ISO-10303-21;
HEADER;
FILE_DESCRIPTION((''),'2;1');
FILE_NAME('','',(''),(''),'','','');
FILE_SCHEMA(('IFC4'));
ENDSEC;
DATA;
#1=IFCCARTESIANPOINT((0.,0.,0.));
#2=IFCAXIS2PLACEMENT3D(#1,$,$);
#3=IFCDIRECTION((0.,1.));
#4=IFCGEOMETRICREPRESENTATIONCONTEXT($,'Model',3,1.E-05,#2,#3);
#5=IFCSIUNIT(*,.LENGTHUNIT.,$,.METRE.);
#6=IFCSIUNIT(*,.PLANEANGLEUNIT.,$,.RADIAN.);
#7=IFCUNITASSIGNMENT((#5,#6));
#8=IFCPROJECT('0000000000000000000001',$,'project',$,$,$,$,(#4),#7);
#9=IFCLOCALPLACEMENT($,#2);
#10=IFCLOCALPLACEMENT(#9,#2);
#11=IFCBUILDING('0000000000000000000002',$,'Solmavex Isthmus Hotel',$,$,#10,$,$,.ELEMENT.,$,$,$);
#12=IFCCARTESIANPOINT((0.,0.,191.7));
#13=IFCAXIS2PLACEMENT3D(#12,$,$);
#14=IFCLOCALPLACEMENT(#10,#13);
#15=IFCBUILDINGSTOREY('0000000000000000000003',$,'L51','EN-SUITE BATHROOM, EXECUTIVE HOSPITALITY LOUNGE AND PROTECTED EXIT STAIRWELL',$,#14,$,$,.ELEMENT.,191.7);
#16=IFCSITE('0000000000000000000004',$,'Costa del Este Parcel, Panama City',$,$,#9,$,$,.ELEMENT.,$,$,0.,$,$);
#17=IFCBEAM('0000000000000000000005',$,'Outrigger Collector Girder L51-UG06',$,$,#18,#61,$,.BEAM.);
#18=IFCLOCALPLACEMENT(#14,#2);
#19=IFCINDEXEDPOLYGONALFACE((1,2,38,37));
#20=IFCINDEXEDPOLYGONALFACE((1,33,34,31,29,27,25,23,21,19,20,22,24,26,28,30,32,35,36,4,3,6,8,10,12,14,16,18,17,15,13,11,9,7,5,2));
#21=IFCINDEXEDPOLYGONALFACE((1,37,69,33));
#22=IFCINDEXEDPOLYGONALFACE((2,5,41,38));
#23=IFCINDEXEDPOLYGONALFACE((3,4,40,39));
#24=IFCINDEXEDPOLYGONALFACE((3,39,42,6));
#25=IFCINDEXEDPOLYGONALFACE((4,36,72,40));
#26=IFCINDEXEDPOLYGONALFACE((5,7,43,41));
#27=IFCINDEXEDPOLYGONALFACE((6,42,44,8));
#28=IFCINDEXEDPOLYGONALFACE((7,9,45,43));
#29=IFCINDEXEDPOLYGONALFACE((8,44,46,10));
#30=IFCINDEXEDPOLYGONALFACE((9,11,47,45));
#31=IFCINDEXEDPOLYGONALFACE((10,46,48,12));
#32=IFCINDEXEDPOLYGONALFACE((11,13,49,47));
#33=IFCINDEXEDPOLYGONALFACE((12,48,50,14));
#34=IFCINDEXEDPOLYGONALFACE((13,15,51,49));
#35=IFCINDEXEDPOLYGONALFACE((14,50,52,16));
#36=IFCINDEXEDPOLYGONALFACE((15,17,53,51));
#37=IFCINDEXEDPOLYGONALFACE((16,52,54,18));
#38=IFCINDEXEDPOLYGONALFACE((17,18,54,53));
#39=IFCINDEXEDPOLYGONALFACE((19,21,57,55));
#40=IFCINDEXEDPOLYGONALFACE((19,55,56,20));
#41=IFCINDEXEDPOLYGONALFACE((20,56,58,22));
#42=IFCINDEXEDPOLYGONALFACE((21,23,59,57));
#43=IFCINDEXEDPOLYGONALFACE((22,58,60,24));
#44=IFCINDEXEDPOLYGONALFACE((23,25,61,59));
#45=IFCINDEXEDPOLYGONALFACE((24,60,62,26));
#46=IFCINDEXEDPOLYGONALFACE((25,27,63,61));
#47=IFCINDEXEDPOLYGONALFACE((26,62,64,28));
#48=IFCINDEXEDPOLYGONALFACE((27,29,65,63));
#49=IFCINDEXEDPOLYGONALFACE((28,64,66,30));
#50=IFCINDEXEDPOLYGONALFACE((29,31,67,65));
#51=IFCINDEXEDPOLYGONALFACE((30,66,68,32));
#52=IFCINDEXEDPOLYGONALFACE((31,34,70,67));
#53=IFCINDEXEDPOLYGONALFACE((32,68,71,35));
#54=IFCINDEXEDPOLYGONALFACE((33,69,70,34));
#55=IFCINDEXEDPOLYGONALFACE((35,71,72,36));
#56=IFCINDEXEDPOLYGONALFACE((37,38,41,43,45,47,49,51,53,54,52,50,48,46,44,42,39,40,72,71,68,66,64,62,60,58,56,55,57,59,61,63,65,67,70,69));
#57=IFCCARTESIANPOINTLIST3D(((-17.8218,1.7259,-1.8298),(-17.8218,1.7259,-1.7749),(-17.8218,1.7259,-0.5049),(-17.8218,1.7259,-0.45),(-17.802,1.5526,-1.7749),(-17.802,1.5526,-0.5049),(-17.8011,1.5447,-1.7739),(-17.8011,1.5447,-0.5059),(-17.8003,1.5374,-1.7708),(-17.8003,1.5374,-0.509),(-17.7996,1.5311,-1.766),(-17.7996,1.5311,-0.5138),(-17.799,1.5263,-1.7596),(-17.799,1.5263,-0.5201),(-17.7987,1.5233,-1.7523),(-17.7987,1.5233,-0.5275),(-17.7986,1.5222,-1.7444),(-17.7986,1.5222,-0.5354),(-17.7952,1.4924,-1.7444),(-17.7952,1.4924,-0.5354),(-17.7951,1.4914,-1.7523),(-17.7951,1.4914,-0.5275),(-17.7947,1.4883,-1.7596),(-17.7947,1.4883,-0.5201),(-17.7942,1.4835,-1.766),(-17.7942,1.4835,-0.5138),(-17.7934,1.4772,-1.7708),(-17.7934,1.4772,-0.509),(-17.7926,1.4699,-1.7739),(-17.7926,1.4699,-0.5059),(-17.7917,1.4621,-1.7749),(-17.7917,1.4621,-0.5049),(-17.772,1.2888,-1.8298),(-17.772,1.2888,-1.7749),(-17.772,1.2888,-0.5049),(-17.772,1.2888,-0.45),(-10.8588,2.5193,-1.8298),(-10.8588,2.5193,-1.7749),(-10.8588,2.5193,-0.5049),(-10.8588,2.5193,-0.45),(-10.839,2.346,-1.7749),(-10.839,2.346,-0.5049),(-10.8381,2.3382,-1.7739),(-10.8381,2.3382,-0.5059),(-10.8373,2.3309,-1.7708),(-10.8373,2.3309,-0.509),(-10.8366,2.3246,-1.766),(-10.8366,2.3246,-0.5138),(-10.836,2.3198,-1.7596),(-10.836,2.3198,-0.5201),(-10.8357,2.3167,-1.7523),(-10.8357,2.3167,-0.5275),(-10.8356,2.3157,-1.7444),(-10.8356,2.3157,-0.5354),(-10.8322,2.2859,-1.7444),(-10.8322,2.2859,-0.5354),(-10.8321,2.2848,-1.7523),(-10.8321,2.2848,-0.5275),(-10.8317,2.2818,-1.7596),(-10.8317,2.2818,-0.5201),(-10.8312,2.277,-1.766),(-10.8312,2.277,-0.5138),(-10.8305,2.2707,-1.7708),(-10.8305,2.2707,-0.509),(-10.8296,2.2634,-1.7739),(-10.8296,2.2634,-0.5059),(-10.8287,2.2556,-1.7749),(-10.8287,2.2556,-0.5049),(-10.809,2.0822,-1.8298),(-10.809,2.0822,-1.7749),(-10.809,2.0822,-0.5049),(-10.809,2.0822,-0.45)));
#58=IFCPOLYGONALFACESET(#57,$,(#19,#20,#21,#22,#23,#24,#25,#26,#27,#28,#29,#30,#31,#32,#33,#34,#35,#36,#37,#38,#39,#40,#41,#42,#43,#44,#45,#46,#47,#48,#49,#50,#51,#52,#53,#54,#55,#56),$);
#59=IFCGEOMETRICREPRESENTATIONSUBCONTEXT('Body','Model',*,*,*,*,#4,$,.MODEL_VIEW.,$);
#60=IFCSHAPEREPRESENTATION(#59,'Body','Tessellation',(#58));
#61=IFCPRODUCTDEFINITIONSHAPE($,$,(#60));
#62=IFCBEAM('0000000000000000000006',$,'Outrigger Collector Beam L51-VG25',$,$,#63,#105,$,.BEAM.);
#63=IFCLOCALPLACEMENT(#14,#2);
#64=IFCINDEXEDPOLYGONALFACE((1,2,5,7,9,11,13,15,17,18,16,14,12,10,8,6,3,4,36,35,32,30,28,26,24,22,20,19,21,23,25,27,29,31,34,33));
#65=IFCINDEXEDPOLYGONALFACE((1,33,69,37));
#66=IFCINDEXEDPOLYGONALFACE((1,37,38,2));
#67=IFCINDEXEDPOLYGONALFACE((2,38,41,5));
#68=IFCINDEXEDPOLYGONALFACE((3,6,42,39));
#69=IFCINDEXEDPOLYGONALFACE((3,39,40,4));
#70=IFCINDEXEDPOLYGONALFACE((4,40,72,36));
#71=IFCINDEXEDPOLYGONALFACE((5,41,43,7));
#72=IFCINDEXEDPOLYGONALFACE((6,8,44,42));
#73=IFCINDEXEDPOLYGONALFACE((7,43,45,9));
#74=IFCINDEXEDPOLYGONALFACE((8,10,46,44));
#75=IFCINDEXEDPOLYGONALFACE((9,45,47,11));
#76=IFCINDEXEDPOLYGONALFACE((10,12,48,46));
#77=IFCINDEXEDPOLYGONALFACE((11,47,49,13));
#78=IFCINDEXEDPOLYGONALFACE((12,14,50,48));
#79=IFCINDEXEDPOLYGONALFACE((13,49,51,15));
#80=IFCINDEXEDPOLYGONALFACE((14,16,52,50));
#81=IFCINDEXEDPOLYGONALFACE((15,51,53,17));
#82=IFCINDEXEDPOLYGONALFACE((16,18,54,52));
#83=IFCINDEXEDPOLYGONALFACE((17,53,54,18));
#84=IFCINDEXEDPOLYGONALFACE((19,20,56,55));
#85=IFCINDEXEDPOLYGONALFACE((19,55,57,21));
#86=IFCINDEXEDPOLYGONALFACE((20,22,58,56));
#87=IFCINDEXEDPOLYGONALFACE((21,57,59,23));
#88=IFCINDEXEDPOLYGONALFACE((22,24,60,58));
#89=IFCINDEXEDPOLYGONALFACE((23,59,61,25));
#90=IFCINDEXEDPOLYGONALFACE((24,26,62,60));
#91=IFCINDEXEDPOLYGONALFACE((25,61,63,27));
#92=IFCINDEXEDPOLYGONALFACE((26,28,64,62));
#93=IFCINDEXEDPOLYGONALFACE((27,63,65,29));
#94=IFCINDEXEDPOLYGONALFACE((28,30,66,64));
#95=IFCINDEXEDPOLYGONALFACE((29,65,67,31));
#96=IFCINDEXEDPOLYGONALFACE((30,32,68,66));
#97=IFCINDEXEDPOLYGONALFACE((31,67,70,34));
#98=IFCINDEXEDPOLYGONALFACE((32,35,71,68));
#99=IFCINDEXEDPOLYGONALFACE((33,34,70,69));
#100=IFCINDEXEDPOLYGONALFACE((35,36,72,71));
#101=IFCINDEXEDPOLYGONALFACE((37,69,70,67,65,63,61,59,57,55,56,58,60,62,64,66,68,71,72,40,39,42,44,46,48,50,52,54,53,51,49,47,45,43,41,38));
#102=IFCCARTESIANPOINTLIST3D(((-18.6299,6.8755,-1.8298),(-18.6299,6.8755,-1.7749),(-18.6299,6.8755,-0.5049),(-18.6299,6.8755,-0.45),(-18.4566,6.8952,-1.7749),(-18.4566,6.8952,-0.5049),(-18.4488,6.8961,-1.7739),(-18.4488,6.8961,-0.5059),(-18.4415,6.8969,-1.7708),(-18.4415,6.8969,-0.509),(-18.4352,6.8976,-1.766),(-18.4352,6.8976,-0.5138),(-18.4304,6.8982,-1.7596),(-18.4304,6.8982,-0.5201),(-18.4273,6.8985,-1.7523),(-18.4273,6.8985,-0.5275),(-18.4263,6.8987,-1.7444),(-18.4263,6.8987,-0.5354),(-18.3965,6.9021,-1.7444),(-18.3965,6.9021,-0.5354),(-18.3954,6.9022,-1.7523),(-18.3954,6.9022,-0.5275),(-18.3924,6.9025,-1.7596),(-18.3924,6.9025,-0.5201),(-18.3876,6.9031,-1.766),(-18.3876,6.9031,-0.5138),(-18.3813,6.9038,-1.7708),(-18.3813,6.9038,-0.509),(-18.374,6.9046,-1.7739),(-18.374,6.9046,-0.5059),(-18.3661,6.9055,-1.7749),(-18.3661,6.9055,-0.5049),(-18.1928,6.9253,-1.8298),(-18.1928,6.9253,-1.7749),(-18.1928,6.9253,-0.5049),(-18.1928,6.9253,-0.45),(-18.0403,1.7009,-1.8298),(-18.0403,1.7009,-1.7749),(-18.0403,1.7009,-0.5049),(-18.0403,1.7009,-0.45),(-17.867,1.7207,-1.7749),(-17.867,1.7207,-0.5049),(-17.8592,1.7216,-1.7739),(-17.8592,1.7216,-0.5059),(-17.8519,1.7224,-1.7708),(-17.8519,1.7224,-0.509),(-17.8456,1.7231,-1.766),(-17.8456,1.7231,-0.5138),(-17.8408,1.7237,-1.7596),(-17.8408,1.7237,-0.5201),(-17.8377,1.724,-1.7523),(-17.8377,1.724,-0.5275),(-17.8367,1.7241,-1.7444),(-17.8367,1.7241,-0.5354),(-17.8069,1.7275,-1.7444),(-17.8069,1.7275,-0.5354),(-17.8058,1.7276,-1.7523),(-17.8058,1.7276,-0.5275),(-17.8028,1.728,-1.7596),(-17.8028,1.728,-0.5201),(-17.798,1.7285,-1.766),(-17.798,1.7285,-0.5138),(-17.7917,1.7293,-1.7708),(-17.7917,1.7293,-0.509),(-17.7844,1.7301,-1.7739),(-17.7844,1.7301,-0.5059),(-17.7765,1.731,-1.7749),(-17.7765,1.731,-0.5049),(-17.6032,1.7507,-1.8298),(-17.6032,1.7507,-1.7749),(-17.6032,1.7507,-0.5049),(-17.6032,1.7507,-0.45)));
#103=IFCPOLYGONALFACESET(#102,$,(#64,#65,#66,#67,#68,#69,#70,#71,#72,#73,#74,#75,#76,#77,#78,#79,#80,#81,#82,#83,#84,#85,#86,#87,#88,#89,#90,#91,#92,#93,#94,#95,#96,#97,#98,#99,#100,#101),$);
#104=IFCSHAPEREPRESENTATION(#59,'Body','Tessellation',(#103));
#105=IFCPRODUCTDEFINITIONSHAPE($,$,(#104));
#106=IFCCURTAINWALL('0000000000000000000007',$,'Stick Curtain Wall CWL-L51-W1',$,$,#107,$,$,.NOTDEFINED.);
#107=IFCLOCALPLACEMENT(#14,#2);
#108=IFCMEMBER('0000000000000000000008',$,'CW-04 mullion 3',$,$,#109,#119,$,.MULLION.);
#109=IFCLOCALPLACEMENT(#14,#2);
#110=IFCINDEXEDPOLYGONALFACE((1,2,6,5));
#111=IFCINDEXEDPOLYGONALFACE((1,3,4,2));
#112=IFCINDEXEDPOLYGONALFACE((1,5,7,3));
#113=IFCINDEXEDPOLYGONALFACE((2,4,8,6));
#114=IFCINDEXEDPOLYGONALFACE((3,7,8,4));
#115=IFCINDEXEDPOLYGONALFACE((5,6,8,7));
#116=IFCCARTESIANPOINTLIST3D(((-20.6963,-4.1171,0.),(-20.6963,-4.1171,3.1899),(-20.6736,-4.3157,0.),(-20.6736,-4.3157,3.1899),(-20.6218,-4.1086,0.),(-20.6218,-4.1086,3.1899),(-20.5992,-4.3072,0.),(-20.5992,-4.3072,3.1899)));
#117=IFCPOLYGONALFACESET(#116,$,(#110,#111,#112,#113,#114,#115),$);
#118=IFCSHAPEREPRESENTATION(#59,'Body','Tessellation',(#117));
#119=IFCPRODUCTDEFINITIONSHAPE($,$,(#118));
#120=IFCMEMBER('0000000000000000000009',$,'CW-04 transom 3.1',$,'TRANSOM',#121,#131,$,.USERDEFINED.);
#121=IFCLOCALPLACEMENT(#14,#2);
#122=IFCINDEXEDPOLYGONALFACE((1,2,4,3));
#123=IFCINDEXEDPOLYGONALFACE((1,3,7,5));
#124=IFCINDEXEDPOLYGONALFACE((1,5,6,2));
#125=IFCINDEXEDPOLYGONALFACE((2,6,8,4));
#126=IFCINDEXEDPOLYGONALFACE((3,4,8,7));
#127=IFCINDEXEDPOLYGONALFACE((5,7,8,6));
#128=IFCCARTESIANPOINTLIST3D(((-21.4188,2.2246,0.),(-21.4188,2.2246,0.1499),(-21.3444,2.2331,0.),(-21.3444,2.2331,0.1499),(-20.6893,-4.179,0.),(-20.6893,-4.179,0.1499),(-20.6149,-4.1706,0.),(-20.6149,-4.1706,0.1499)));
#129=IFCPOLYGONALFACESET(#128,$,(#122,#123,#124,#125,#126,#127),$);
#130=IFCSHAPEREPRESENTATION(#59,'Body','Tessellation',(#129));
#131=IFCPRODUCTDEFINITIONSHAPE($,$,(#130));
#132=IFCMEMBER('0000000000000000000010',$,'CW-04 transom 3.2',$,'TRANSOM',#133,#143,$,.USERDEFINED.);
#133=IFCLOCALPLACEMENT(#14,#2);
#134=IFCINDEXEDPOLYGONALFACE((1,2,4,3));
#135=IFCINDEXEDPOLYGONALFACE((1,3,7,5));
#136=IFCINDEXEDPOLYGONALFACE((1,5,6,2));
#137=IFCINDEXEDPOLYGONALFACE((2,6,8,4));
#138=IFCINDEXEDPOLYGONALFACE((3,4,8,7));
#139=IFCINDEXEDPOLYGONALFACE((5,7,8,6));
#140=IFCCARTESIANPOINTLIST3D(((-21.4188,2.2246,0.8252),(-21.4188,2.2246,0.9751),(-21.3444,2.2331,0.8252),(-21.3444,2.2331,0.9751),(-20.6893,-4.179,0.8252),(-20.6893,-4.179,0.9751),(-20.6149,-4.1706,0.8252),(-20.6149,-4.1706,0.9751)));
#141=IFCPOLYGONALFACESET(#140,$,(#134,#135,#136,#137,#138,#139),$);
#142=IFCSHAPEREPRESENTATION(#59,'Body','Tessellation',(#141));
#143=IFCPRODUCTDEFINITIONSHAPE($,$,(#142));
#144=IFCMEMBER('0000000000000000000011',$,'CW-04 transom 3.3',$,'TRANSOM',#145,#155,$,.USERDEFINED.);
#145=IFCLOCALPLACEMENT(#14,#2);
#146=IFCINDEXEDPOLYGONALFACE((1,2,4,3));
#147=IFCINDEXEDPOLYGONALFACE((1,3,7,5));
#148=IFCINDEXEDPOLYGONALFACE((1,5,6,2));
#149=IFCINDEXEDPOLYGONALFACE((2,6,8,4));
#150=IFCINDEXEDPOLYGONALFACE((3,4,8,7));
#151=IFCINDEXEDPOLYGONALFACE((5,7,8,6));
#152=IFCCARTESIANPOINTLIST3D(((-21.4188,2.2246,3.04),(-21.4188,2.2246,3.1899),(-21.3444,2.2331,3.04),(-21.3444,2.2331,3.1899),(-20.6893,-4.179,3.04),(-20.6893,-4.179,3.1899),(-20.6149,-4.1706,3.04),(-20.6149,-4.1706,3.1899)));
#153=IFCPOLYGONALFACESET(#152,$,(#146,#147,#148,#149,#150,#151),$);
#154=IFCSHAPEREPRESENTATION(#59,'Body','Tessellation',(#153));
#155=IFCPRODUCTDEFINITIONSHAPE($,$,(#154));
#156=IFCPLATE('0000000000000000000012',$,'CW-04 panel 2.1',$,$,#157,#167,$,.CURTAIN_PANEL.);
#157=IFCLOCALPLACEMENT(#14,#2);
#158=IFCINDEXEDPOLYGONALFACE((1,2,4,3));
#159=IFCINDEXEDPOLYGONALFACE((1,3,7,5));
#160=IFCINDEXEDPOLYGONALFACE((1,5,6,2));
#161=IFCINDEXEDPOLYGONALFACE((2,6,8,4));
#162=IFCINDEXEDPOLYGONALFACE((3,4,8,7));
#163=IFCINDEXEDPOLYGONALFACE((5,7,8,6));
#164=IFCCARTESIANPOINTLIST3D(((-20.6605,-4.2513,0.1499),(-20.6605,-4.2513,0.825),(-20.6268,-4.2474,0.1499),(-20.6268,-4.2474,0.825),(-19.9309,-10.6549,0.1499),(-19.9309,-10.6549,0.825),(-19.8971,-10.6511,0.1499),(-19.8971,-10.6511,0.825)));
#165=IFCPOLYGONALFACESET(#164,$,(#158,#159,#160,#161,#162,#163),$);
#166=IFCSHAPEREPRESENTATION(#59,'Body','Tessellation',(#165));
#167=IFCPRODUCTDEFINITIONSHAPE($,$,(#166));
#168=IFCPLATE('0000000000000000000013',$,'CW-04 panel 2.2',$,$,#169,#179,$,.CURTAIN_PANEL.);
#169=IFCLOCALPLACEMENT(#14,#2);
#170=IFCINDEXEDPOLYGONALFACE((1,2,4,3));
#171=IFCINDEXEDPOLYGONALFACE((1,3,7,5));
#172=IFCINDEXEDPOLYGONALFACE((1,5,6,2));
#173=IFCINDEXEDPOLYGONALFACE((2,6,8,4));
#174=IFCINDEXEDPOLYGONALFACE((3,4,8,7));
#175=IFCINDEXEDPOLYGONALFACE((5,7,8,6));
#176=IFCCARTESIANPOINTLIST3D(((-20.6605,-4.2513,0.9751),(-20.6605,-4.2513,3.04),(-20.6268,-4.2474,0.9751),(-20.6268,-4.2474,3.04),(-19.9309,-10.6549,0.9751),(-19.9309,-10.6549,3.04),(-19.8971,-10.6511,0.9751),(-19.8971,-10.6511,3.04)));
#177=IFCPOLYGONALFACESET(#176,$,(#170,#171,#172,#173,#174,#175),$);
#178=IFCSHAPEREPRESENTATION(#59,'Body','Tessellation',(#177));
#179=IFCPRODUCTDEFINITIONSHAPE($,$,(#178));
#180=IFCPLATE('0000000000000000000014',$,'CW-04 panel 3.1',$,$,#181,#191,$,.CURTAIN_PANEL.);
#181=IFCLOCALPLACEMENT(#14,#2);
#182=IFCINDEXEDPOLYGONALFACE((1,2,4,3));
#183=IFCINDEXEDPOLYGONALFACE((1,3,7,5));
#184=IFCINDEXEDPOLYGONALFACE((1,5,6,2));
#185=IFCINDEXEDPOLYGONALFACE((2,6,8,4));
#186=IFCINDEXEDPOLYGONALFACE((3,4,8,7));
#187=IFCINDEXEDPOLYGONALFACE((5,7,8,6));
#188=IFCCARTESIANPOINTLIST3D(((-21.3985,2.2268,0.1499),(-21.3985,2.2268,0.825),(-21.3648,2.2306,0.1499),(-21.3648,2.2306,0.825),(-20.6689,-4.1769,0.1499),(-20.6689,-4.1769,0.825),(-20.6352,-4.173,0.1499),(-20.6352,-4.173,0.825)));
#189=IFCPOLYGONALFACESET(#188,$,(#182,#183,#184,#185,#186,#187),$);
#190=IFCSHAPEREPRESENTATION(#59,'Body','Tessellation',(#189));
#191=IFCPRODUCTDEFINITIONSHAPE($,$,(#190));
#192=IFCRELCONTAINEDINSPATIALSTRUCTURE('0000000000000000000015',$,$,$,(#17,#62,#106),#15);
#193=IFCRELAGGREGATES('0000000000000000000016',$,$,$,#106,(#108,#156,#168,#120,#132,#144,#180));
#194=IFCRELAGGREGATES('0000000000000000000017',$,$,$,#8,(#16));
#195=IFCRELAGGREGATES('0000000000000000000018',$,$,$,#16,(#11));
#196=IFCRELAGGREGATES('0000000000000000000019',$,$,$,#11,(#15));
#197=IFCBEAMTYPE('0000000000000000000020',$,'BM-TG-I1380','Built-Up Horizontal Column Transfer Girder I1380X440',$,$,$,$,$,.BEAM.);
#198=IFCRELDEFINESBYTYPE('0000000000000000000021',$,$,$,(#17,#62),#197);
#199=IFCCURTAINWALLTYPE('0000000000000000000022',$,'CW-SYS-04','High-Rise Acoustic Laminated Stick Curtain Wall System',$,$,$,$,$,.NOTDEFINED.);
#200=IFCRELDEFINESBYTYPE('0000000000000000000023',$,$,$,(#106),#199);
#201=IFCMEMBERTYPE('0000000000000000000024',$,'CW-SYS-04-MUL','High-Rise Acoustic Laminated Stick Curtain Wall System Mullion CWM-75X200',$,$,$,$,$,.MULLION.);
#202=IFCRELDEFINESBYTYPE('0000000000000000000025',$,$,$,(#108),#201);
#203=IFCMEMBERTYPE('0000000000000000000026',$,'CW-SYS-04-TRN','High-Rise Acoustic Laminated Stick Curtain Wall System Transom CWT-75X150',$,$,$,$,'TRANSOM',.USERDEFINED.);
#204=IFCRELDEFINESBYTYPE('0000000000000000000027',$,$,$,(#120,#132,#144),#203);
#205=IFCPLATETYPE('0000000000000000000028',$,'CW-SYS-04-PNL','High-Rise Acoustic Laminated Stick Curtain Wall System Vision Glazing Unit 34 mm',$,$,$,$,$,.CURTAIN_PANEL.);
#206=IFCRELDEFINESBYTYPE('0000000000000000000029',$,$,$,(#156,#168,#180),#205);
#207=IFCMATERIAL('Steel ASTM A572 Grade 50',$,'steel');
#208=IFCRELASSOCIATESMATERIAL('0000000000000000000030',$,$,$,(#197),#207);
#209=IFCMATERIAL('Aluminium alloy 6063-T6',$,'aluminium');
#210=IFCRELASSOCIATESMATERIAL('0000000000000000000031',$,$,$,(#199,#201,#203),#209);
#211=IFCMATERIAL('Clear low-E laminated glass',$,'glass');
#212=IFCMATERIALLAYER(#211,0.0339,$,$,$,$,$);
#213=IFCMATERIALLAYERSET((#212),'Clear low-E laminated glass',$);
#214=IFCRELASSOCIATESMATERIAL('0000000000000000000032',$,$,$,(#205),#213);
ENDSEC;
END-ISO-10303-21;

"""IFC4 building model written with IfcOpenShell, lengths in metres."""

from ifc_helpers import new_model, si_unit, direction, frame, origin, origin_2d, place, context, subcontext, project, spatial, rectangle, i_section, extrude, material, layer, layer_set, material_profile, profile_set, type_object, element, aggregate, save


model = new_model("IFC4")

# Units and contexts
model_context = context("Model", 3, precision=1e-05, world=origin(), true_north=direction((0.0, 1.0)))
body_context = subcontext(model_context, "Body", "Model", "MODEL_VIEW")
ifc_project = project(units=[si_unit("LENGTHUNIT", "METRE"), si_unit("PLANEANGLEUNIT", "RADIAN")], contexts=[model_context])

# Site, building, storey
site_placement = place(None, origin())
site = spatial("IfcSite", under=ifc_project, at=site_placement, Name="Costa del Este Parcel, Panama City", CompositionType="ELEMENT", RefElevation=0.0)
building_placement = place(site_placement, origin())
building = spatial("IfcBuilding", under=site, at=building_placement, Name="Solmavex Isthmus Hotel", CompositionType="ELEMENT")
storey_placement = place(building_placement, frame((0.0, 0.0, 191.7)))
storey = spatial("IfcBuildingStorey", under=building, at=storey_placement, Name="L51", Description="EN-SUITE BATHROOM, EXECUTIVE HOSPITALITY LOUNGE AND PROTECTED EXIT STAIRWELL", CompositionType="ELEMENT", Elevation=191.7)

# Beams
ifc_material_1 = material(Name="Steel ASTM A572 Grade 50", Category="steel")
ifc_material_profile_1 = material_profile(ifc_material_1, i_section(OverallWidth=0.4399, OverallDepth=1.3799, WebThickness=0.03, FlangeThickness=0.0549, FilletRadius=0.0305, at=origin_2d()), Name="I1380X440")
ifc_profile_set_1 = profile_set([ifc_material_profile_1], Name="Steel ASTM A572 Grade 50")
beam_type_1 = type_object("IfcBeamType", Name="BM-TG-I1380", Description="Built-Up Horizontal Column Transfer Girder I1380X440", PredefinedType="BEAM", material=ifc_profile_set_1)
beam_1_placement = place(storey_placement, frame((-17.7969, 1.5073, -1.1399), z_axis=(0.99357, 0.113222, 0.0), x_axis=(-0.113222, 0.99357, 0.0)))
element("IfcBeam", 1, at=beam_1_placement, inside=storey, type_object=beam_type_1, Name="Outrigger Collector Girder L51-UG06", PredefinedType="BEAM", context=body_context, shape_type="SweptSolid", body=[
    extrude(i_section(OverallWidth=0.4399, OverallDepth=1.3799, WebThickness=0.03, FlangeThickness=0.0549, FilletRadius=0.0305, at=origin_2d()), origin(), (0.0, 0.0, 1.0), 7.0081),
])
beam_2_placement = place(storey_placement, frame((-17.8218, 1.7258, -1.1399), z_axis=(-0.113209, 0.993571, 0.0), x_axis=(-0.993571, -0.113209, 0.0)))
element("IfcBeam", 2, at=beam_2_placement, inside=storey, type_object=beam_type_1, Name="Outrigger Collector Beam L51-VG25", PredefinedType="BEAM", context=body_context, shape_type="SweptSolid", body=[
    extrude(i_section(OverallWidth=0.4399, OverallDepth=1.3799, WebThickness=0.03, FlangeThickness=0.0549, FilletRadius=0.0305, at=origin_2d()), origin(), (0.0, 0.0, 1.0), 5.208),
])

# Curtain wall, members, plates
ifc_material_2 = material(Name="Aluminium alloy 6063-T6", Category="aluminium")
curtain_wall_type = type_object("IfcCurtainWallType", Name="CW-SYS-04", Description="High-Rise Acoustic Laminated Stick Curtain Wall System", PredefinedType="NOTDEFINED", material=ifc_material_2)
curtain_wall_placement = place(storey_placement, origin())
curtain_wall = element("IfcCurtainWall", 3, at=curtain_wall_placement, inside=storey, type_object=curtain_wall_type, Name="Stick Curtain Wall CWL-L51-W1", PredefinedType="NOTDEFINED")
ifc_material_profile_2 = material_profile(ifc_material_2, rectangle(XDim=0.075, YDim=0.2, at=origin_2d()), Name="CWM-75X200")
ifc_profile_set_2 = profile_set([ifc_material_profile_2], Name="Aluminium alloy 6063-T6")
member_type_1 = type_object("IfcMemberType", Name="CW-SYS-04-MUL", Description="High-Rise Acoustic Laminated Stick Curtain Wall System Mullion CWM-75X200", PredefinedType="MULLION", material=ifc_profile_set_2)
member_1_placement = place(storey_placement, frame((-20.6477, -4.2122, 0.0), z_axis=(0.0, 0.0, 1.0), x_axis=(-0.993572, -0.113203, 0.0)))
member_1 = element("IfcMember", 4, at=member_1_placement, type_object=member_type_1, Name="CW-04 mullion 3", PredefinedType="MULLION", context=body_context, shape_type="SweptSolid", body=[
    extrude(rectangle(XDim=0.075, YDim=0.2, at=origin_2d()), origin(), (0.0, 0.0, 1.0), 3.1899),
])
ifc_material_profile_3 = material_profile(ifc_material_2, rectangle(XDim=0.075, YDim=0.1499, at=origin_2d()), Name="CWT-75X150")
ifc_profile_set_3 = profile_set([ifc_material_profile_3], Name="Aluminium alloy 6063-T6")
member_type_2 = type_object("IfcMemberType", Name="CW-SYS-04-TRN", Description="High-Rise Acoustic Laminated Stick Curtain Wall System Transom CWT-75X150", ElementType="TRANSOM", PredefinedType="USERDEFINED", material=ifc_profile_set_3)
member_2_placement = place(storey_placement, frame((-20.6521, -4.1748, 0.075), z_axis=(-0.113188, 0.993574, 0.0), x_axis=(-0.993574, -0.113188, 0.0)))
member_2 = element("IfcMember", 5, at=member_2_placement, type_object=member_type_2, Name="CW-04 transom 3.1", ObjectType="TRANSOM", PredefinedType="USERDEFINED", context=body_context, shape_type="SweptSolid", body=[
    extrude(rectangle(XDim=0.075, YDim=0.1499, at=origin_2d()), origin(), (0.0, 0.0, 1.0), 6.4451),
])
member_3_placement = place(storey_placement, frame((-20.6521, -4.1748, 0.9001), z_axis=(-0.113188, 0.993574, 0.0), x_axis=(-0.993574, -0.113188, 0.0)))
member_3 = element("IfcMember", 6, at=member_3_placement, type_object=member_type_2, Name="CW-04 transom 3.2", ObjectType="TRANSOM", PredefinedType="USERDEFINED", context=body_context, shape_type="SweptSolid", body=[
    extrude(rectangle(XDim=0.075, YDim=0.1499, at=origin_2d()), origin(), (0.0, 0.0, 1.0), 6.4451),
])
member_4_placement = place(storey_placement, frame((-20.6521, -4.1748, 3.115), z_axis=(-0.113188, 0.993574, 0.0), x_axis=(-0.993574, -0.113188, 0.0)))
member_4 = element("IfcMember", 7, at=member_4_placement, type_object=member_type_2, Name="CW-04 transom 3.3", ObjectType="TRANSOM", PredefinedType="USERDEFINED", context=body_context, shape_type="SweptSolid", body=[
    extrude(rectangle(XDim=0.075, YDim=0.1499, at=origin_2d()), origin(), (0.0, 0.0, 1.0), 6.4451),
])
ifc_material_3 = material(Name="Clear low-E laminated glass", Category="glass")
ifc_layer_1 = layer(ifc_material_3, 0.0339)
ifc_layer_set_1 = layer_set([ifc_layer_1], Name="Clear low-E laminated glass")
plate_type_1 = type_object("IfcPlateType", Name="CW-SYS-04-PNL", Description="High-Rise Acoustic Laminated Stick Curtain Wall System Vision Glazing Unit 34 mm", PredefinedType="CURTAIN_PANEL", material=ifc_layer_set_1)
plate_1_placement = place(storey_placement, frame((-20.2788, -7.4512, 0.1499), z_axis=(0.0, 0.0, 1.0), x_axis=(-0.113203, 0.993572, 0.0)))
plate_1 = element("IfcPlate", 8, at=plate_1_placement, type_object=plate_type_1, Name="CW-04 panel 2.1", PredefinedType="CURTAIN_PANEL", context=body_context, shape_type="SweptSolid", body=[
    extrude(rectangle(XDim=6.4451, YDim=0.0339, at=origin_2d()), origin(), (0.0, 0.0, 1.0), 0.675),
])
plate_2_placement = place(storey_placement, frame((-20.2788, -7.4512, 0.9751), z_axis=(0.0, 0.0, 1.0), x_axis=(-0.113203, 0.993572, 0.0)))
plate_2 = element("IfcPlate", 9, at=plate_2_placement, type_object=plate_type_1, Name="CW-04 panel 2.2", PredefinedType="CURTAIN_PANEL", context=body_context, shape_type="SweptSolid", body=[
    extrude(rectangle(XDim=6.4451, YDim=0.0339, at=origin_2d()), origin(), (0.0, 0.0, 1.0), 2.0649),
])
plate_3_placement = place(storey_placement, frame((-21.0168, -0.9731, 0.1499), z_axis=(0.0, 0.0, 1.0), x_axis=(-0.113203, 0.993572, 0.0)))
plate_3 = element("IfcPlate", 10, at=plate_3_placement, type_object=plate_type_1, Name="CW-04 panel 3.1", PredefinedType="CURTAIN_PANEL", context=body_context, shape_type="SweptSolid", body=[
    extrude(rectangle(XDim=6.4451, YDim=0.0339, at=origin_2d()), origin(), (0.0, 0.0, 1.0), 0.675),
])
aggregate(curtain_wall, [member_1, plate_1, plate_2, member_2, member_3, member_4, plate_3])

save(model, "model.ifc")
